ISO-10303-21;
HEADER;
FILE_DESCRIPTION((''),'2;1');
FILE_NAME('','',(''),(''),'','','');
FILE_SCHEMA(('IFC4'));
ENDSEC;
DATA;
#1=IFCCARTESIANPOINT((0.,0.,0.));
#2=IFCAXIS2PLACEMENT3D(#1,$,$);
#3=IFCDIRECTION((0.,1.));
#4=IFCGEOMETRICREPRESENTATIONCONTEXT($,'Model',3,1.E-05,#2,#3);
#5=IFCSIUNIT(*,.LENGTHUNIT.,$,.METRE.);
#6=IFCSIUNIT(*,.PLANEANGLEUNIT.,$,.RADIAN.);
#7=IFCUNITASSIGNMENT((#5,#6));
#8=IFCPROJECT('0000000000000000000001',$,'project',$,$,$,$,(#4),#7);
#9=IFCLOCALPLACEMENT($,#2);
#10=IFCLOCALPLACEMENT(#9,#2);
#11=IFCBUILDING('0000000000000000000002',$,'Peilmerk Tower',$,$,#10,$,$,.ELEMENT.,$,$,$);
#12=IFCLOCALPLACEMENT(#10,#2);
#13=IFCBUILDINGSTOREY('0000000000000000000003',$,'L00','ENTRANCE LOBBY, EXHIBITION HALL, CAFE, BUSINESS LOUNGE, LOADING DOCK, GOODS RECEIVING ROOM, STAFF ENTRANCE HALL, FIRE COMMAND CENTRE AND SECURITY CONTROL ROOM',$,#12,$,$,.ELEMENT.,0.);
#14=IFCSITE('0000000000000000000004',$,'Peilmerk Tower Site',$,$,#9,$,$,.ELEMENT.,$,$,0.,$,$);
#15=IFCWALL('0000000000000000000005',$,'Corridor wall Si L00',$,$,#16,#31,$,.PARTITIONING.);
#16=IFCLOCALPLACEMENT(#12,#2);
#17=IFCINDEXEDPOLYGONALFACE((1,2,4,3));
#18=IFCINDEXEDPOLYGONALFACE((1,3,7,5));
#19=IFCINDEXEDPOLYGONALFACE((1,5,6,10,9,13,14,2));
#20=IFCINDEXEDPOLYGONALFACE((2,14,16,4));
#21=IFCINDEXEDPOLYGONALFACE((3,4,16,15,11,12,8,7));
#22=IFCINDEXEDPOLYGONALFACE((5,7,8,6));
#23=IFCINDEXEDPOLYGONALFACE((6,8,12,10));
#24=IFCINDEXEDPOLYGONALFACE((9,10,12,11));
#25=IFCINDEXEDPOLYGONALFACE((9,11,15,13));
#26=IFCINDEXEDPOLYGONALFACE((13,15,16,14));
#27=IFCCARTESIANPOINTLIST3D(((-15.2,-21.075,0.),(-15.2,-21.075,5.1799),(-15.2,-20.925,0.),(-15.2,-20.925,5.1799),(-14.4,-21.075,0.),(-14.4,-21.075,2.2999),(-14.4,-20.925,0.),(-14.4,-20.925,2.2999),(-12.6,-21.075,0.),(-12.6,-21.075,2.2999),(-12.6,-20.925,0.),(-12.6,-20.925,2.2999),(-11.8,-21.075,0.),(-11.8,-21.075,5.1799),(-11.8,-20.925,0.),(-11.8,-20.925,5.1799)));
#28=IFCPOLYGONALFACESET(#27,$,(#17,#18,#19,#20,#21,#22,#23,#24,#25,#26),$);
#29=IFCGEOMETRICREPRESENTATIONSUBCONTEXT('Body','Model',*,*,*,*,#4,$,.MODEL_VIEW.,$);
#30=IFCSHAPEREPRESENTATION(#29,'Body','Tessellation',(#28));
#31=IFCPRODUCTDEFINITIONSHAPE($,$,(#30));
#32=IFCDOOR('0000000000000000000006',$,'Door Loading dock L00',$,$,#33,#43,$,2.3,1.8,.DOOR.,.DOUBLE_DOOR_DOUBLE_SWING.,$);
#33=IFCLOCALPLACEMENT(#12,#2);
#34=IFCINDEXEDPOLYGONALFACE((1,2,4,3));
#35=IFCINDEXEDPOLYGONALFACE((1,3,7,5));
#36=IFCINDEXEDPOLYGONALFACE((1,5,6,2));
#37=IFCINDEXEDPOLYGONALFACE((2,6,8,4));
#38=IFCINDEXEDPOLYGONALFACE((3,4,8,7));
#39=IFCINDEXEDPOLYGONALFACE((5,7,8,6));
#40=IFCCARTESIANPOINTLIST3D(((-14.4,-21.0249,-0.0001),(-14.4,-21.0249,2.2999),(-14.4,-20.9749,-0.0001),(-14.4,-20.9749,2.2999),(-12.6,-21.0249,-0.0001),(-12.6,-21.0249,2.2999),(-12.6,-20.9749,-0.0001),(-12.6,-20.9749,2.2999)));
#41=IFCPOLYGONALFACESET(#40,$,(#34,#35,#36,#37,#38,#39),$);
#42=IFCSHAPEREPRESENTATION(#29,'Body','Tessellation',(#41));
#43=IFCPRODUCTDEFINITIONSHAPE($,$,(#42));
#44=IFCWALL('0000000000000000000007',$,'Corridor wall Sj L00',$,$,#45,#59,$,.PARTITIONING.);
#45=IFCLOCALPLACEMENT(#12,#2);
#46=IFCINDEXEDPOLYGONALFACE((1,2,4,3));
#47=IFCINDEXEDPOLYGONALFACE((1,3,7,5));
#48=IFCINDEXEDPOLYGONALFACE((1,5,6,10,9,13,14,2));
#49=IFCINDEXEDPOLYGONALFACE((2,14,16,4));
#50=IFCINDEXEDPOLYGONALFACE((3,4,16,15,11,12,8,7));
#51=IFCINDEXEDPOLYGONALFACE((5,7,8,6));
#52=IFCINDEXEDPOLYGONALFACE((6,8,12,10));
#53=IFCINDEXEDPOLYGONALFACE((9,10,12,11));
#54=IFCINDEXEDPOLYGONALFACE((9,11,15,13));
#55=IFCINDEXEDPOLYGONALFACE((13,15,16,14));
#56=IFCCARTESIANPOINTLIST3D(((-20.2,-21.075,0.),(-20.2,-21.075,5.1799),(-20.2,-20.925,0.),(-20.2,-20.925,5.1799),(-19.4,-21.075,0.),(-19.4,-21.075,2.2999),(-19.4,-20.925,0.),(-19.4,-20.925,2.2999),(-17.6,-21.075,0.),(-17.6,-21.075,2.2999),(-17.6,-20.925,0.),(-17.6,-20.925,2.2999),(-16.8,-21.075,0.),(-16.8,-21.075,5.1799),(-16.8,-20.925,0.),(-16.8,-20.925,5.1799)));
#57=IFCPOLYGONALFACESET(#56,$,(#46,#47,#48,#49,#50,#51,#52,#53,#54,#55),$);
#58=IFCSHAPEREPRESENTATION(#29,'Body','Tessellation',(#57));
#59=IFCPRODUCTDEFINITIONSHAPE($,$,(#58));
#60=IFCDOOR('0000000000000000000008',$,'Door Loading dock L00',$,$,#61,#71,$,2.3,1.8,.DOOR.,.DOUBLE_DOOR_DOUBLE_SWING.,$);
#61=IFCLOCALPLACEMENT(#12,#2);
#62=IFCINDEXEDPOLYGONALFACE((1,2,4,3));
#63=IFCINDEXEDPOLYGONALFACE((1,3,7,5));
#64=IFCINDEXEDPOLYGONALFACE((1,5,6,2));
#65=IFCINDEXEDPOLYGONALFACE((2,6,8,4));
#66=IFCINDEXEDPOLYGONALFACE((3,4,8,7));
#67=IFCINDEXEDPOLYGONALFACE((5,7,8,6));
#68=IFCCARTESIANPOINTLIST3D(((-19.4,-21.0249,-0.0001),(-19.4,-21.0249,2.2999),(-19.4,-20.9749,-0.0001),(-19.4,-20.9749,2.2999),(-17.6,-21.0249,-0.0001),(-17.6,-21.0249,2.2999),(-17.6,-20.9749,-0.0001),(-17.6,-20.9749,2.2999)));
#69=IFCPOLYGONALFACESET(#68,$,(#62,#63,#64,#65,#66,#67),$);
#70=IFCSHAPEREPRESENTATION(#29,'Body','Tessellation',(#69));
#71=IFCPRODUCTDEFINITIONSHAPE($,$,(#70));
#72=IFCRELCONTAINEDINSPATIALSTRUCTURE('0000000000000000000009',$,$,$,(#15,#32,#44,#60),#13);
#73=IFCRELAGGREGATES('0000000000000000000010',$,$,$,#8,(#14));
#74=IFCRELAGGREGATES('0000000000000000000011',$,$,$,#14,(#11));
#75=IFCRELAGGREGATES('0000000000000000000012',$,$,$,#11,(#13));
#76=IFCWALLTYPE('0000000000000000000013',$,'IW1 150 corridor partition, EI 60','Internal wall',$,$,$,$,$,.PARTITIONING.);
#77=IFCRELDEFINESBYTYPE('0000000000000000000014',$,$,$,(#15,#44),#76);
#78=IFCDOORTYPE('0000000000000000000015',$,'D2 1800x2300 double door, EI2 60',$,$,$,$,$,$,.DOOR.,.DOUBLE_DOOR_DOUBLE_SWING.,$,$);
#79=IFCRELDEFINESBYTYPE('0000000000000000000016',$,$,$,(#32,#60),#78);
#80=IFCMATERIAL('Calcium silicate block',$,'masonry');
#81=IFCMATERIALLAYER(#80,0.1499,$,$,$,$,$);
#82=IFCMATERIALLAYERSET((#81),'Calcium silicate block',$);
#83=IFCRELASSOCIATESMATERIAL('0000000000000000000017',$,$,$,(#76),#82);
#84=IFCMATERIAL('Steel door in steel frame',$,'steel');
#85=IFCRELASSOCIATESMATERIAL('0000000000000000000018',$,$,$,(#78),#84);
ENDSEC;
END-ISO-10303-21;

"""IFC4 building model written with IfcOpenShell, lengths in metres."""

from ifc_helpers import new_model, si_unit, direction, frame, frame_2d, origin, place, context, subcontext, project, spatial, rectangle, extrude, material, layer, layer_set, type_object, element, fill, save


model = new_model("IFC4")

# Units and contexts
model_context = context("Model", 3, precision=1e-05, world=origin(), true_north=direction((0.0, 1.0)))
body_context = subcontext(model_context, "Body", "Model", "MODEL_VIEW")
ifc_project = project(units=[si_unit("LENGTHUNIT", "METRE"), si_unit("PLANEANGLEUNIT", "RADIAN")], contexts=[model_context])

# Site, building, storey
site_placement = place(None, origin())
site = spatial("IfcSite", under=ifc_project, at=site_placement, Name="Peilmerk Tower Site", CompositionType="ELEMENT", RefElevation=0.0)
building_placement = place(site_placement, origin())
building = spatial("IfcBuilding", under=site, at=building_placement, Name="Peilmerk Tower", CompositionType="ELEMENT")
storey_placement = place(building_placement, origin())
storey = spatial("IfcBuildingStorey", under=building, at=storey_placement, Name="L00", Description="ENTRANCE LOBBY, EXHIBITION HALL, CAFE, BUSINESS LOUNGE, LOADING DOCK, GOODS RECEIVING ROOM, STAFF ENTRANCE HALL, FIRE COMMAND CENTRE AND SECURITY CONTROL ROOM", CompositionType="ELEMENT", Elevation=0.0)

# Shared definitions
ifc_material_1 = material(Name="Calcium silicate block", Category="masonry")
ifc_layer = layer(ifc_material_1, 0.1499)
ifc_layer_set = layer_set([ifc_layer], Name="Calcium silicate block")
wall_type = type_object("IfcWallType", Name="IW1 150 corridor partition, EI 60", Description="Internal wall", PredefinedType="PARTITIONING", material=ifc_layer_set)

# Walls, openings, doors
wall_1_placement = place(storey_placement, frame((-11.8, -21.0, 0.0), z_axis=(0.0, 0.0, 1.0), x_axis=(-1.0, 0.0, 0.0)))
wall_1 = element("IfcWall", 1, at=wall_1_placement, inside=storey, type_object=wall_type, Name="Corridor wall Si L00", PredefinedType="PARTITIONING", context=body_context, shape_type="SweptSolid", body=[
    extrude(rectangle(XDim=3.3999, YDim=0.1499, at=frame_2d((1.7, 0.0))), origin(), (0.0, 0.0, 1.0), 5.1799),
])
opening_1_placement = place(wall_1_placement, frame((0.8, 0.0, 0.0)))
opening_1 = element("IfcOpeningElement", 2, at=opening_1_placement, cuts=wall_1, PredefinedType="OPENING", context=body_context, shape_type="SweptSolid", body=[
    extrude(rectangle(XDim=1.8, YDim=2.3, at=frame_2d((0.8999, 1.1499))), frame((0.0, 0.085, 0.0), z_axis=(0.0, -1.0, 0.0), x_axis=(1.0, 0.0, 0.0)), (0.0, 0.0, 1.0), 0.1699),
])
ifc_material_2 = material(Name="Steel door in steel frame", Category="steel")
door_type_1 = type_object("IfcDoorType", Name="D2 1800x2300 double door, EI2 60", OperationType="DOUBLE_DOOR_DOUBLE_SWING", PredefinedType="DOOR", material=ifc_material_2)
door_1_placement = place(opening_1_placement, origin())
door_1 = element("IfcDoor", 3, at=door_1_placement, inside=storey, type_object=door_type_1, Name="Door Loading dock L00", OperationType="DOUBLE_DOOR_DOUBLE_SWING", OverallHeight=2.3, OverallWidth=1.8, PredefinedType="DOOR", context=body_context, shape_type="SweptSolid", body=[
    extrude(rectangle(XDim=1.8, YDim=2.3, at=frame_2d((0.8999, 1.1499))), frame((0.0, 0.0249, 0.0), z_axis=(0.0, -1.0, 0.0), x_axis=(1.0, 0.0, 0.0)), (0.0, 0.0, 1.0), 0.05),
])
fill(opening_1, door_1)
wall_2_placement = place(storey_placement, frame((-16.8, -21.0, 0.0), z_axis=(0.0, 0.0, 1.0), x_axis=(-1.0, 0.0, 0.0)))
wall_2 = element("IfcWall", 4, at=wall_2_placement, inside=storey, type_object=wall_type, Name="Corridor wall Sj L00", PredefinedType="PARTITIONING", context=body_context, shape_type="SweptSolid", body=[
    extrude(rectangle(XDim=3.3999, YDim=0.1499, at=frame_2d((1.7, 0.0))), origin(), (0.0, 0.0, 1.0), 5.1799),
])
opening_2_placement = place(wall_2_placement, frame((0.8, 0.0, 0.0)))
opening_2 = element("IfcOpeningElement", 5, at=opening_2_placement, cuts=wall_2, PredefinedType="OPENING", context=body_context, shape_type="SweptSolid", body=[
    extrude(rectangle(XDim=1.8, YDim=2.3, at=frame_2d((0.8999, 1.1499))), frame((0.0, 0.085, 0.0), z_axis=(0.0, -1.0, 0.0), x_axis=(1.0, 0.0, 0.0)), (0.0, 0.0, 1.0), 0.1699),
])
door_2_placement = place(opening_2_placement, origin())
door_2 = element("IfcDoor", 6, at=door_2_placement, inside=storey, type_object=door_type_1, Name="Door Loading dock L00", OperationType="DOUBLE_DOOR_DOUBLE_SWING", OverallHeight=2.3, OverallWidth=1.8, PredefinedType="DOOR", context=body_context, shape_type="SweptSolid", body=[
    extrude(rectangle(XDim=1.8, YDim=2.3, at=frame_2d((0.8999, 1.1499))), frame((0.0, 0.0249, 0.0), z_axis=(0.0, -1.0, 0.0), x_axis=(1.0, 0.0, 0.0)), (0.0, 0.0, 1.0), 0.05),
])
fill(opening_2, door_2)

save(model, "model.ifc")
